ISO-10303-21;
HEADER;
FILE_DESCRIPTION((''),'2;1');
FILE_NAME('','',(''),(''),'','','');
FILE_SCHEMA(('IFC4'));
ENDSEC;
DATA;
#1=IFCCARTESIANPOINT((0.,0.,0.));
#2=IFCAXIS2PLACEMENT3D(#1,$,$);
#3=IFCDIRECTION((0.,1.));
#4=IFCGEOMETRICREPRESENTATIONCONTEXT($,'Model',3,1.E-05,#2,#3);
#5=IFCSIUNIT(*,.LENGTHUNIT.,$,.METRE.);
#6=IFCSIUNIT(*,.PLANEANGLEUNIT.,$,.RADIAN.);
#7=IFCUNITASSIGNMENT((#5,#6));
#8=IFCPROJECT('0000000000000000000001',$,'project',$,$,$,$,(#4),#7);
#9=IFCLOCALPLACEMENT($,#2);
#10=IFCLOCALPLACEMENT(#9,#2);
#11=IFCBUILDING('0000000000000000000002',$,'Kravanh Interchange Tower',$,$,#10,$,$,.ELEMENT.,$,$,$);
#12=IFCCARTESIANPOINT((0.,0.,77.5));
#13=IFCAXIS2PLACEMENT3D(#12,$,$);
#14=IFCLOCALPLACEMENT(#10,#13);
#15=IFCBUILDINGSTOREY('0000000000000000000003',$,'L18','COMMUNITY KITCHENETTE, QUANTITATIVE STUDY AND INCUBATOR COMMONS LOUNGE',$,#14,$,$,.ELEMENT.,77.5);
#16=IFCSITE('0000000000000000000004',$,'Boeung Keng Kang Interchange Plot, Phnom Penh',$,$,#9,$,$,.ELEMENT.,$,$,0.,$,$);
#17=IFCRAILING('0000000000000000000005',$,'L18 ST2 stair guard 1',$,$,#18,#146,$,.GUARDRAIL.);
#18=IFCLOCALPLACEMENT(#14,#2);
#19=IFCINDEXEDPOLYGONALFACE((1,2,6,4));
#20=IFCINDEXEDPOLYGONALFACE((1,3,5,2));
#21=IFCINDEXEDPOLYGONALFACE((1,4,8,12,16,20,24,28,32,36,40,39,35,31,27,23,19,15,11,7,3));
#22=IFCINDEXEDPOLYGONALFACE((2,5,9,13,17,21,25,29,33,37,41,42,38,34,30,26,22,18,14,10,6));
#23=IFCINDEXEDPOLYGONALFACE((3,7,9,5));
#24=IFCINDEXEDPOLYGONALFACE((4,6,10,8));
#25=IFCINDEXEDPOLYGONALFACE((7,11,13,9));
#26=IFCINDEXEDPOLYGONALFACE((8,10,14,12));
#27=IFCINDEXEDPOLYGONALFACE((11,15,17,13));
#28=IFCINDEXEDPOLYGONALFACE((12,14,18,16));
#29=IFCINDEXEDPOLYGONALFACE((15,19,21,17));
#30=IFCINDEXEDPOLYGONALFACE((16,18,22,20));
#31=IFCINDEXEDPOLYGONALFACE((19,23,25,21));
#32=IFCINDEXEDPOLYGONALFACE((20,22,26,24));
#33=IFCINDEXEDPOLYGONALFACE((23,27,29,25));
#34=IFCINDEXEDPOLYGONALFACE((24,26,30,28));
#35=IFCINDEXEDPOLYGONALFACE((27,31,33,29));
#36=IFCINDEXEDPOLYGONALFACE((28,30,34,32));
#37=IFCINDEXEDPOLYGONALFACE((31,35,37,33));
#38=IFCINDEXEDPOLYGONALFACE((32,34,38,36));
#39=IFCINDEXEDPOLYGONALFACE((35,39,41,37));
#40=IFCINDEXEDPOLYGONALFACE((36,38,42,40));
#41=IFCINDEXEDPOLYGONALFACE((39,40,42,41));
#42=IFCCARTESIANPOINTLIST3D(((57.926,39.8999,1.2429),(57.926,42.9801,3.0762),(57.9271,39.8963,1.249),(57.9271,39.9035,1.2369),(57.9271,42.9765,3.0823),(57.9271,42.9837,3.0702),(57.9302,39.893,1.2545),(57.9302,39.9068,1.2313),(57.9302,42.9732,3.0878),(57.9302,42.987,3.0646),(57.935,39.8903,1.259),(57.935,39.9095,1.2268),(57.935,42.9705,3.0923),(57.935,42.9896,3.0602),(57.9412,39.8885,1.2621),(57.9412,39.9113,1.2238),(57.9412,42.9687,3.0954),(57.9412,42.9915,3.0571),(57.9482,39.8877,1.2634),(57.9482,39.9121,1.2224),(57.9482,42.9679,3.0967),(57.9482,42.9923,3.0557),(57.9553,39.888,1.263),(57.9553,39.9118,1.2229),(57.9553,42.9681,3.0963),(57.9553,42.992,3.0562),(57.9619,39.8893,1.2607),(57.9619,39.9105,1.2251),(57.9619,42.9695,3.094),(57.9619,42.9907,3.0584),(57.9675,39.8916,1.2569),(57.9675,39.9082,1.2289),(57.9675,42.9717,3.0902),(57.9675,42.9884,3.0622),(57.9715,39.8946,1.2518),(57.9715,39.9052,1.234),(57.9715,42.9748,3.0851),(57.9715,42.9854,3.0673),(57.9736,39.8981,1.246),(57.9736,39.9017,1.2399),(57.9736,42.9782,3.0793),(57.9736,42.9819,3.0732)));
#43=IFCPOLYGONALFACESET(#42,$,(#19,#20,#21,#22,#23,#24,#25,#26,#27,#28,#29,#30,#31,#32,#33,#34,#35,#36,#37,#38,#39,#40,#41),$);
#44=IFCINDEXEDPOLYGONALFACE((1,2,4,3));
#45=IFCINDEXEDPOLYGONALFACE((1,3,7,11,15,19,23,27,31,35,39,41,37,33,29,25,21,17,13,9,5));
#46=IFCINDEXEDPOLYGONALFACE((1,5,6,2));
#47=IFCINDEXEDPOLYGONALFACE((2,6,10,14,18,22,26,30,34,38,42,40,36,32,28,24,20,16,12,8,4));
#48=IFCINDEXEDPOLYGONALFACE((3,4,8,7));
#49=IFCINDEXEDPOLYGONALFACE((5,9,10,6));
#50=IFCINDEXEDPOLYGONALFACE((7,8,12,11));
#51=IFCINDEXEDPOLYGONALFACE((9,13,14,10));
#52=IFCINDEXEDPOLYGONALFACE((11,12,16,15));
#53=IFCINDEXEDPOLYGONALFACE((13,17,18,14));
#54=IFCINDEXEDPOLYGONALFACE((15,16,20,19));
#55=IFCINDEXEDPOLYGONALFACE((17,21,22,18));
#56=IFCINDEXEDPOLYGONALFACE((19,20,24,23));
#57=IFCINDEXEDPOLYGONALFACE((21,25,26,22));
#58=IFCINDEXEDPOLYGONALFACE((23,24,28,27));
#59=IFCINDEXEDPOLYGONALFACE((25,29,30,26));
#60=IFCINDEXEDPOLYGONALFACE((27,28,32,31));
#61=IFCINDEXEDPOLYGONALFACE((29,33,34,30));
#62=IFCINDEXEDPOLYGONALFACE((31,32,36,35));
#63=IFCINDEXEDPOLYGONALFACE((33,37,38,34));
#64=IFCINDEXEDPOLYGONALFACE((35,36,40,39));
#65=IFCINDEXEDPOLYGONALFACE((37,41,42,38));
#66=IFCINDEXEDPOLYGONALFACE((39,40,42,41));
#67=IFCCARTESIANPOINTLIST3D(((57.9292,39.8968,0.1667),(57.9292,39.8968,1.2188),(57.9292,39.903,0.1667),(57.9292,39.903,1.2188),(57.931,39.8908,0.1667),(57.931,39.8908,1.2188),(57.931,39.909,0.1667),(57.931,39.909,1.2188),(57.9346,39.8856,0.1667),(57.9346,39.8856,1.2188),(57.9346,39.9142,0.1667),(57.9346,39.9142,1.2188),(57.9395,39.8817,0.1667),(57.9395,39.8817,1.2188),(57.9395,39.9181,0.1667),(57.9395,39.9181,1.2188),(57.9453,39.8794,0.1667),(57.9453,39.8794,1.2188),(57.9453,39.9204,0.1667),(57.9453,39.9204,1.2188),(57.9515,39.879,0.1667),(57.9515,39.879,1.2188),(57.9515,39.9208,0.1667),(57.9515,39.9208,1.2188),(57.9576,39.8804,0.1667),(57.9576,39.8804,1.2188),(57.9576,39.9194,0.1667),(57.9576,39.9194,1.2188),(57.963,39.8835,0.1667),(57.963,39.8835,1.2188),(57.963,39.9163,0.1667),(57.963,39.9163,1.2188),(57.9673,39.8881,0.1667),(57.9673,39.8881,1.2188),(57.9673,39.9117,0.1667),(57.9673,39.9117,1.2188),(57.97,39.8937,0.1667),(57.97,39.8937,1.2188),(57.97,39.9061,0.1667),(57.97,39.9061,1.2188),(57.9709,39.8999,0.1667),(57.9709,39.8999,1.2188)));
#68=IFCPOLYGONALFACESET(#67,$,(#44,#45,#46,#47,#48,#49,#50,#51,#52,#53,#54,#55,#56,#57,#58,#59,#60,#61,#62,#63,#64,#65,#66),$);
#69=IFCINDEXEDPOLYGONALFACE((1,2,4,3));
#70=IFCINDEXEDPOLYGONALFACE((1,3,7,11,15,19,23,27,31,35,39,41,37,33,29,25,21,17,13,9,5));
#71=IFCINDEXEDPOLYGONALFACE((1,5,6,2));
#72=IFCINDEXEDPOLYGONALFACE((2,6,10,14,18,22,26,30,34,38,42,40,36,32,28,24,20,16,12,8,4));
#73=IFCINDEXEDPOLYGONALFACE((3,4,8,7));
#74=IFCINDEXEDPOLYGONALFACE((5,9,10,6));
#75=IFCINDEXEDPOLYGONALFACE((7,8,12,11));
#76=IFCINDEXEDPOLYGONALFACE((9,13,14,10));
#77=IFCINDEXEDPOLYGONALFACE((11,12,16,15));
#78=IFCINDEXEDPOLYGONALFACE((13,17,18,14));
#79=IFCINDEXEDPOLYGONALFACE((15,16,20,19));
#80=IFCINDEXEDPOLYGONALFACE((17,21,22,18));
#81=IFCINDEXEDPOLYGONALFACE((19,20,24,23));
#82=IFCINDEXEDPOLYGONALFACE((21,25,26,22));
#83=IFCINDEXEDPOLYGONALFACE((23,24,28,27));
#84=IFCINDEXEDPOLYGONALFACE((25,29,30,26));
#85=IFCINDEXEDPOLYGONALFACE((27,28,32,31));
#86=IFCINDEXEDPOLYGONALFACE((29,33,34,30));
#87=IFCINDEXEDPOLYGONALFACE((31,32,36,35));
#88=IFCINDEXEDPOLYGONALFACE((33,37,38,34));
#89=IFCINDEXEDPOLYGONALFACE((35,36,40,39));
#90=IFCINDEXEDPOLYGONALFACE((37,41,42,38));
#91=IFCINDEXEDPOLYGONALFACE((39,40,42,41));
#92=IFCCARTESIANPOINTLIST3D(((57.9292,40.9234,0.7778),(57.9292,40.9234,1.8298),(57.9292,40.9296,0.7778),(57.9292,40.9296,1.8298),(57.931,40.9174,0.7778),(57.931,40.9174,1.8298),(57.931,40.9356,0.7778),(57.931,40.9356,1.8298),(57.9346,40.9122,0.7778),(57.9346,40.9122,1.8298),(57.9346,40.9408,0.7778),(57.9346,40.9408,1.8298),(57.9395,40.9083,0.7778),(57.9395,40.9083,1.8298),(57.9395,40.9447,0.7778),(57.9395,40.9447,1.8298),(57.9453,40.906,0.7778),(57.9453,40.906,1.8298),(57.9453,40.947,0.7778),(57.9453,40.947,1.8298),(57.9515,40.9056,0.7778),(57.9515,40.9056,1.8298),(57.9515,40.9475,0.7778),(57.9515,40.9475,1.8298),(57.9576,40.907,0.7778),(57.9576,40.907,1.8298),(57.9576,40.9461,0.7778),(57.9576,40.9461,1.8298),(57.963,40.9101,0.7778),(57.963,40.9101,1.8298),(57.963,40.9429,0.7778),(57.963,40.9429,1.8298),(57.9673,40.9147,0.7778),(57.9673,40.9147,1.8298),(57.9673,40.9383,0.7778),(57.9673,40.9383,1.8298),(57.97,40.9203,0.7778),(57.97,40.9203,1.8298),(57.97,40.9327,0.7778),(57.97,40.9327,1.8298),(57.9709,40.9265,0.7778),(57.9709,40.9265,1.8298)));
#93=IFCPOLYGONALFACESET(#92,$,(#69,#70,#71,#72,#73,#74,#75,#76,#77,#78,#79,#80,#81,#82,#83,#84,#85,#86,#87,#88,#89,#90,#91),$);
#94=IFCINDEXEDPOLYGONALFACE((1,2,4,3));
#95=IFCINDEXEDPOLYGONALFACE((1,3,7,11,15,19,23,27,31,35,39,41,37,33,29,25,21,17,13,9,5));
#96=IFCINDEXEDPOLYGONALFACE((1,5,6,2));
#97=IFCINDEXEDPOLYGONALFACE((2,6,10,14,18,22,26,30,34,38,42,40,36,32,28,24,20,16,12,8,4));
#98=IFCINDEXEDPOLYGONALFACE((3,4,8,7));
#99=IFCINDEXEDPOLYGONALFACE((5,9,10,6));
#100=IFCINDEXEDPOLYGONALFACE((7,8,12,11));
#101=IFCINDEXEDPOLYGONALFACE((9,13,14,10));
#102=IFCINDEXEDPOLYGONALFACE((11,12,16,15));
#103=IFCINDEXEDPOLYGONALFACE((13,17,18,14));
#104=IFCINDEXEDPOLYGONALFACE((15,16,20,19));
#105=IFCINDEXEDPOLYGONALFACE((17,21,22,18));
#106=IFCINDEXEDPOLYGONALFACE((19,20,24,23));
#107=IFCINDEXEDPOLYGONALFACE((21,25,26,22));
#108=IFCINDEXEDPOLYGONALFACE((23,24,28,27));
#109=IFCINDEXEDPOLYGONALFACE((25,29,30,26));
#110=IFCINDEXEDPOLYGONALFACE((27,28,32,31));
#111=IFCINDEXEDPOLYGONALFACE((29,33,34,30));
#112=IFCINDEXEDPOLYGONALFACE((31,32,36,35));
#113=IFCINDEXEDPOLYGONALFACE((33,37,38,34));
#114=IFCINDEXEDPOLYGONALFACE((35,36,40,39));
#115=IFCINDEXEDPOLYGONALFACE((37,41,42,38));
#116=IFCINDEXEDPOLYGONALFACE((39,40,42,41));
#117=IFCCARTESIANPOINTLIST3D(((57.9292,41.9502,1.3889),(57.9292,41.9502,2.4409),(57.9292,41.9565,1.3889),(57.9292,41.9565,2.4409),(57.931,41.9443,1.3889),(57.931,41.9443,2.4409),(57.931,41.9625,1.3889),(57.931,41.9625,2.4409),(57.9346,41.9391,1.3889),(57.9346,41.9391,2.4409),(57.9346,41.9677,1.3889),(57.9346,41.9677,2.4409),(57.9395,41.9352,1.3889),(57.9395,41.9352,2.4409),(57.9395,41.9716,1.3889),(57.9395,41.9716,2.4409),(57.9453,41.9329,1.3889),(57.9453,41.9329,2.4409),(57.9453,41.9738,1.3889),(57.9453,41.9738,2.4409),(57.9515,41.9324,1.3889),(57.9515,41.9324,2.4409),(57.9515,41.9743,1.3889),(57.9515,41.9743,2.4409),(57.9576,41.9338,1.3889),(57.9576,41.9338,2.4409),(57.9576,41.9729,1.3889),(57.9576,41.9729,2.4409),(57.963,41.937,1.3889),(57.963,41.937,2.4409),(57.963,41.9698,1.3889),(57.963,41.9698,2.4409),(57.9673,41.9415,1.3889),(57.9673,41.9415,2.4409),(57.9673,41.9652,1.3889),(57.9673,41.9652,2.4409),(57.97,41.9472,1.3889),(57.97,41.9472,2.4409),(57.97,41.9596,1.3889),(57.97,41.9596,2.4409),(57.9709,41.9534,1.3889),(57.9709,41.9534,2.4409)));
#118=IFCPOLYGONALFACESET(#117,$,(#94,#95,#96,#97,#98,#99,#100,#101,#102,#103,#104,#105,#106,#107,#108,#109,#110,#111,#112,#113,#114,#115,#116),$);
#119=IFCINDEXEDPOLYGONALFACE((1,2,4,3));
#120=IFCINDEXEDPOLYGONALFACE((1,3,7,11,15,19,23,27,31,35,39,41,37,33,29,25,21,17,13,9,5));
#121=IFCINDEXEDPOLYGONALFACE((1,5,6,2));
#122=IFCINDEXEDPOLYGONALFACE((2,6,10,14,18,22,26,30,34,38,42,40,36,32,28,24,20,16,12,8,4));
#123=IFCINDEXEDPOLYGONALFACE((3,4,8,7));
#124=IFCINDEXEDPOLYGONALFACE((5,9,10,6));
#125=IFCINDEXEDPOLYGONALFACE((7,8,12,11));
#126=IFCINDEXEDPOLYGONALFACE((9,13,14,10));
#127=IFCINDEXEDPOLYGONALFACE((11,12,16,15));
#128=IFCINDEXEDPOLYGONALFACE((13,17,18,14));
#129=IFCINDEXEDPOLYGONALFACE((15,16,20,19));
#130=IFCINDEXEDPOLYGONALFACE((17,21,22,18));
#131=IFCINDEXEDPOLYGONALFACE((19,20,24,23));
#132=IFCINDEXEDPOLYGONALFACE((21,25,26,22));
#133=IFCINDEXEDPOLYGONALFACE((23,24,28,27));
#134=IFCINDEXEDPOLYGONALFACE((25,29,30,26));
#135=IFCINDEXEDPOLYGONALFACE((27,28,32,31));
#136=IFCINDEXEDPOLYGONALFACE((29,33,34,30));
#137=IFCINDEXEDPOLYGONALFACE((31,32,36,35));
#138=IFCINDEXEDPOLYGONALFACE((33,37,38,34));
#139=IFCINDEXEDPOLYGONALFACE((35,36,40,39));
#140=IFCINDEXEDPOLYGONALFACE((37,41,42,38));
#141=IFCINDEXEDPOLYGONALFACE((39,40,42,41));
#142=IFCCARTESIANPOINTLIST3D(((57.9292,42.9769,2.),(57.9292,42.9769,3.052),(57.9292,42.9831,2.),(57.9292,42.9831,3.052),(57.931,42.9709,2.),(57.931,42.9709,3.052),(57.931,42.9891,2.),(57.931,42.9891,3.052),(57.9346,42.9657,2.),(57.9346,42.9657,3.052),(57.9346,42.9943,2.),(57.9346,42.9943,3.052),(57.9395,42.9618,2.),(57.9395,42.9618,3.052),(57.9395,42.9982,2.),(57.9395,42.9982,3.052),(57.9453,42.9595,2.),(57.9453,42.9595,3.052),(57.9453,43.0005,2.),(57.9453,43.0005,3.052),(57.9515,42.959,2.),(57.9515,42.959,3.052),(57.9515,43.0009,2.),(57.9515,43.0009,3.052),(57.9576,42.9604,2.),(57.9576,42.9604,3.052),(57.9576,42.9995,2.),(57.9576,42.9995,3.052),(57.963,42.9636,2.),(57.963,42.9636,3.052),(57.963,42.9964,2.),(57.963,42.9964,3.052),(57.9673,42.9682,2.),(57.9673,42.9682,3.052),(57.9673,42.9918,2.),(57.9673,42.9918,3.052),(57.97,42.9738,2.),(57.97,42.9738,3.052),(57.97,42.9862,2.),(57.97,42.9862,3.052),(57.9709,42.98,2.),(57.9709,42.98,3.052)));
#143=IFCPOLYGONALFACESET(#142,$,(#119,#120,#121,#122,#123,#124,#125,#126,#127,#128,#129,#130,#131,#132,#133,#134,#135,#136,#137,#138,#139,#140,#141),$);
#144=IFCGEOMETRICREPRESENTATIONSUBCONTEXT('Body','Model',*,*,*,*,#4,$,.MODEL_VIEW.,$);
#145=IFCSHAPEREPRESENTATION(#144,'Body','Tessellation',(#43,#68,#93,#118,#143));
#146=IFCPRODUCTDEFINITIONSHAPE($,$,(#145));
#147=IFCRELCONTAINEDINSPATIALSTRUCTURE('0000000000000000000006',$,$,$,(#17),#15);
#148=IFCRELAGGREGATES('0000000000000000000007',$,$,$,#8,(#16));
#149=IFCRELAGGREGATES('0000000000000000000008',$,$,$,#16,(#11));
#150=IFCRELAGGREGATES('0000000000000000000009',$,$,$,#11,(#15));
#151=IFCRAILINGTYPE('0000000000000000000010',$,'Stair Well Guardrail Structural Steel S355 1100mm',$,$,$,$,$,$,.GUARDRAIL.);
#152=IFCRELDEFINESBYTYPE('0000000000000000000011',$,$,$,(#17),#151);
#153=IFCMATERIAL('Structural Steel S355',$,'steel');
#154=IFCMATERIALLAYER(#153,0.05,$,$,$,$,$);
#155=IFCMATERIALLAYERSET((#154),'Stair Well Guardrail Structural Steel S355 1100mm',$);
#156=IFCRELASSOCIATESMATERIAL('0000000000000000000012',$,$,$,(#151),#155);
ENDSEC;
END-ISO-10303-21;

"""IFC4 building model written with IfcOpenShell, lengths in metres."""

from ifc_helpers import new_model, si_unit, direction, frame, origin, origin_2d, place, context, subcontext, project, spatial, circle, extrude, material, layer, layer_set, type_object, element, save


model = new_model("IFC4")

# Units and contexts
model_context = context("Model", 3, precision=1e-05, world=origin(), true_north=direction((0.0, 1.0)))
body_context = subcontext(model_context, "Body", "Model", "MODEL_VIEW")
ifc_project = project(units=[si_unit("LENGTHUNIT", "METRE"), si_unit("PLANEANGLEUNIT", "RADIAN")], contexts=[model_context])

# Site, building, storey
site_placement = place(None, origin())
site = spatial("IfcSite", under=ifc_project, at=site_placement, Name="Boeung Keng Kang Interchange Plot, Phnom Penh", CompositionType="ELEMENT", RefElevation=0.0)
building_placement = place(site_placement, origin())
building = spatial("IfcBuilding", under=site, at=building_placement, Name="Kravanh Interchange Tower", CompositionType="ELEMENT")
storey_placement = place(building_placement, frame((0.0, 0.0, 77.5)))
storey = spatial("IfcBuildingStorey", under=building, at=storey_placement, Name="L18", Description="COMMUNITY KITCHENETTE, QUANTITATIVE STUDY AND INCUBATOR COMMONS LOUNGE", CompositionType="ELEMENT", Elevation=77.5)

# Railing
ifc_material_1 = material(Name="Structural Steel S355", Category="steel")
ifc_layer_1 = layer(ifc_material_1, 0.05)
ifc_layer_set_1 = layer_set([ifc_layer_1], Name="Stair Well Guardrail Structural Steel S355 1100mm")
railing_type_1 = type_object("IfcRailingType", Name="Stair Well Guardrail Structural Steel S355 1100mm", PredefinedType="GUARDRAIL", material=ifc_layer_set_1)
railing_1_placement = place(storey_placement, frame((57.95, 39.8999, 0.1667)))
element("IfcRailing", 1, at=railing_1_placement, inside=storey, type_object=railing_type_1, Name="L18 ST2 stair guard 1", PredefinedType="GUARDRAIL", context=body_context, shape_type="SweptSolid", body=[
    extrude(circle(Radius=0.0239, at=origin_2d()), frame((0.0, 0.0, 1.0762), z_axis=(0.0, 0.859309, 0.511458), x_axis=(-1.0, 0.0, 0.0)), (0.0, 0.0, 1.0), 3.5845),
    extrude(circle(Radius=0.021, at=origin_2d()), origin(), (0.0, 0.0, 1.0), 1.052),
    extrude(circle(Radius=0.021, at=origin_2d()), frame((0.0, 1.0266, 0.6111)), (0.0, 0.0, 1.0), 1.052),
    extrude(circle(Radius=0.021, at=origin_2d()), frame((0.0, 2.0535, 1.2222)), (0.0, 0.0, 1.0), 1.052),
    extrude(circle(Radius=0.021, at=origin_2d()), frame((0.0, 3.0801, 1.8333)), (0.0, 0.0, 1.0), 1.052),
])

save(model, "model.ifc")
